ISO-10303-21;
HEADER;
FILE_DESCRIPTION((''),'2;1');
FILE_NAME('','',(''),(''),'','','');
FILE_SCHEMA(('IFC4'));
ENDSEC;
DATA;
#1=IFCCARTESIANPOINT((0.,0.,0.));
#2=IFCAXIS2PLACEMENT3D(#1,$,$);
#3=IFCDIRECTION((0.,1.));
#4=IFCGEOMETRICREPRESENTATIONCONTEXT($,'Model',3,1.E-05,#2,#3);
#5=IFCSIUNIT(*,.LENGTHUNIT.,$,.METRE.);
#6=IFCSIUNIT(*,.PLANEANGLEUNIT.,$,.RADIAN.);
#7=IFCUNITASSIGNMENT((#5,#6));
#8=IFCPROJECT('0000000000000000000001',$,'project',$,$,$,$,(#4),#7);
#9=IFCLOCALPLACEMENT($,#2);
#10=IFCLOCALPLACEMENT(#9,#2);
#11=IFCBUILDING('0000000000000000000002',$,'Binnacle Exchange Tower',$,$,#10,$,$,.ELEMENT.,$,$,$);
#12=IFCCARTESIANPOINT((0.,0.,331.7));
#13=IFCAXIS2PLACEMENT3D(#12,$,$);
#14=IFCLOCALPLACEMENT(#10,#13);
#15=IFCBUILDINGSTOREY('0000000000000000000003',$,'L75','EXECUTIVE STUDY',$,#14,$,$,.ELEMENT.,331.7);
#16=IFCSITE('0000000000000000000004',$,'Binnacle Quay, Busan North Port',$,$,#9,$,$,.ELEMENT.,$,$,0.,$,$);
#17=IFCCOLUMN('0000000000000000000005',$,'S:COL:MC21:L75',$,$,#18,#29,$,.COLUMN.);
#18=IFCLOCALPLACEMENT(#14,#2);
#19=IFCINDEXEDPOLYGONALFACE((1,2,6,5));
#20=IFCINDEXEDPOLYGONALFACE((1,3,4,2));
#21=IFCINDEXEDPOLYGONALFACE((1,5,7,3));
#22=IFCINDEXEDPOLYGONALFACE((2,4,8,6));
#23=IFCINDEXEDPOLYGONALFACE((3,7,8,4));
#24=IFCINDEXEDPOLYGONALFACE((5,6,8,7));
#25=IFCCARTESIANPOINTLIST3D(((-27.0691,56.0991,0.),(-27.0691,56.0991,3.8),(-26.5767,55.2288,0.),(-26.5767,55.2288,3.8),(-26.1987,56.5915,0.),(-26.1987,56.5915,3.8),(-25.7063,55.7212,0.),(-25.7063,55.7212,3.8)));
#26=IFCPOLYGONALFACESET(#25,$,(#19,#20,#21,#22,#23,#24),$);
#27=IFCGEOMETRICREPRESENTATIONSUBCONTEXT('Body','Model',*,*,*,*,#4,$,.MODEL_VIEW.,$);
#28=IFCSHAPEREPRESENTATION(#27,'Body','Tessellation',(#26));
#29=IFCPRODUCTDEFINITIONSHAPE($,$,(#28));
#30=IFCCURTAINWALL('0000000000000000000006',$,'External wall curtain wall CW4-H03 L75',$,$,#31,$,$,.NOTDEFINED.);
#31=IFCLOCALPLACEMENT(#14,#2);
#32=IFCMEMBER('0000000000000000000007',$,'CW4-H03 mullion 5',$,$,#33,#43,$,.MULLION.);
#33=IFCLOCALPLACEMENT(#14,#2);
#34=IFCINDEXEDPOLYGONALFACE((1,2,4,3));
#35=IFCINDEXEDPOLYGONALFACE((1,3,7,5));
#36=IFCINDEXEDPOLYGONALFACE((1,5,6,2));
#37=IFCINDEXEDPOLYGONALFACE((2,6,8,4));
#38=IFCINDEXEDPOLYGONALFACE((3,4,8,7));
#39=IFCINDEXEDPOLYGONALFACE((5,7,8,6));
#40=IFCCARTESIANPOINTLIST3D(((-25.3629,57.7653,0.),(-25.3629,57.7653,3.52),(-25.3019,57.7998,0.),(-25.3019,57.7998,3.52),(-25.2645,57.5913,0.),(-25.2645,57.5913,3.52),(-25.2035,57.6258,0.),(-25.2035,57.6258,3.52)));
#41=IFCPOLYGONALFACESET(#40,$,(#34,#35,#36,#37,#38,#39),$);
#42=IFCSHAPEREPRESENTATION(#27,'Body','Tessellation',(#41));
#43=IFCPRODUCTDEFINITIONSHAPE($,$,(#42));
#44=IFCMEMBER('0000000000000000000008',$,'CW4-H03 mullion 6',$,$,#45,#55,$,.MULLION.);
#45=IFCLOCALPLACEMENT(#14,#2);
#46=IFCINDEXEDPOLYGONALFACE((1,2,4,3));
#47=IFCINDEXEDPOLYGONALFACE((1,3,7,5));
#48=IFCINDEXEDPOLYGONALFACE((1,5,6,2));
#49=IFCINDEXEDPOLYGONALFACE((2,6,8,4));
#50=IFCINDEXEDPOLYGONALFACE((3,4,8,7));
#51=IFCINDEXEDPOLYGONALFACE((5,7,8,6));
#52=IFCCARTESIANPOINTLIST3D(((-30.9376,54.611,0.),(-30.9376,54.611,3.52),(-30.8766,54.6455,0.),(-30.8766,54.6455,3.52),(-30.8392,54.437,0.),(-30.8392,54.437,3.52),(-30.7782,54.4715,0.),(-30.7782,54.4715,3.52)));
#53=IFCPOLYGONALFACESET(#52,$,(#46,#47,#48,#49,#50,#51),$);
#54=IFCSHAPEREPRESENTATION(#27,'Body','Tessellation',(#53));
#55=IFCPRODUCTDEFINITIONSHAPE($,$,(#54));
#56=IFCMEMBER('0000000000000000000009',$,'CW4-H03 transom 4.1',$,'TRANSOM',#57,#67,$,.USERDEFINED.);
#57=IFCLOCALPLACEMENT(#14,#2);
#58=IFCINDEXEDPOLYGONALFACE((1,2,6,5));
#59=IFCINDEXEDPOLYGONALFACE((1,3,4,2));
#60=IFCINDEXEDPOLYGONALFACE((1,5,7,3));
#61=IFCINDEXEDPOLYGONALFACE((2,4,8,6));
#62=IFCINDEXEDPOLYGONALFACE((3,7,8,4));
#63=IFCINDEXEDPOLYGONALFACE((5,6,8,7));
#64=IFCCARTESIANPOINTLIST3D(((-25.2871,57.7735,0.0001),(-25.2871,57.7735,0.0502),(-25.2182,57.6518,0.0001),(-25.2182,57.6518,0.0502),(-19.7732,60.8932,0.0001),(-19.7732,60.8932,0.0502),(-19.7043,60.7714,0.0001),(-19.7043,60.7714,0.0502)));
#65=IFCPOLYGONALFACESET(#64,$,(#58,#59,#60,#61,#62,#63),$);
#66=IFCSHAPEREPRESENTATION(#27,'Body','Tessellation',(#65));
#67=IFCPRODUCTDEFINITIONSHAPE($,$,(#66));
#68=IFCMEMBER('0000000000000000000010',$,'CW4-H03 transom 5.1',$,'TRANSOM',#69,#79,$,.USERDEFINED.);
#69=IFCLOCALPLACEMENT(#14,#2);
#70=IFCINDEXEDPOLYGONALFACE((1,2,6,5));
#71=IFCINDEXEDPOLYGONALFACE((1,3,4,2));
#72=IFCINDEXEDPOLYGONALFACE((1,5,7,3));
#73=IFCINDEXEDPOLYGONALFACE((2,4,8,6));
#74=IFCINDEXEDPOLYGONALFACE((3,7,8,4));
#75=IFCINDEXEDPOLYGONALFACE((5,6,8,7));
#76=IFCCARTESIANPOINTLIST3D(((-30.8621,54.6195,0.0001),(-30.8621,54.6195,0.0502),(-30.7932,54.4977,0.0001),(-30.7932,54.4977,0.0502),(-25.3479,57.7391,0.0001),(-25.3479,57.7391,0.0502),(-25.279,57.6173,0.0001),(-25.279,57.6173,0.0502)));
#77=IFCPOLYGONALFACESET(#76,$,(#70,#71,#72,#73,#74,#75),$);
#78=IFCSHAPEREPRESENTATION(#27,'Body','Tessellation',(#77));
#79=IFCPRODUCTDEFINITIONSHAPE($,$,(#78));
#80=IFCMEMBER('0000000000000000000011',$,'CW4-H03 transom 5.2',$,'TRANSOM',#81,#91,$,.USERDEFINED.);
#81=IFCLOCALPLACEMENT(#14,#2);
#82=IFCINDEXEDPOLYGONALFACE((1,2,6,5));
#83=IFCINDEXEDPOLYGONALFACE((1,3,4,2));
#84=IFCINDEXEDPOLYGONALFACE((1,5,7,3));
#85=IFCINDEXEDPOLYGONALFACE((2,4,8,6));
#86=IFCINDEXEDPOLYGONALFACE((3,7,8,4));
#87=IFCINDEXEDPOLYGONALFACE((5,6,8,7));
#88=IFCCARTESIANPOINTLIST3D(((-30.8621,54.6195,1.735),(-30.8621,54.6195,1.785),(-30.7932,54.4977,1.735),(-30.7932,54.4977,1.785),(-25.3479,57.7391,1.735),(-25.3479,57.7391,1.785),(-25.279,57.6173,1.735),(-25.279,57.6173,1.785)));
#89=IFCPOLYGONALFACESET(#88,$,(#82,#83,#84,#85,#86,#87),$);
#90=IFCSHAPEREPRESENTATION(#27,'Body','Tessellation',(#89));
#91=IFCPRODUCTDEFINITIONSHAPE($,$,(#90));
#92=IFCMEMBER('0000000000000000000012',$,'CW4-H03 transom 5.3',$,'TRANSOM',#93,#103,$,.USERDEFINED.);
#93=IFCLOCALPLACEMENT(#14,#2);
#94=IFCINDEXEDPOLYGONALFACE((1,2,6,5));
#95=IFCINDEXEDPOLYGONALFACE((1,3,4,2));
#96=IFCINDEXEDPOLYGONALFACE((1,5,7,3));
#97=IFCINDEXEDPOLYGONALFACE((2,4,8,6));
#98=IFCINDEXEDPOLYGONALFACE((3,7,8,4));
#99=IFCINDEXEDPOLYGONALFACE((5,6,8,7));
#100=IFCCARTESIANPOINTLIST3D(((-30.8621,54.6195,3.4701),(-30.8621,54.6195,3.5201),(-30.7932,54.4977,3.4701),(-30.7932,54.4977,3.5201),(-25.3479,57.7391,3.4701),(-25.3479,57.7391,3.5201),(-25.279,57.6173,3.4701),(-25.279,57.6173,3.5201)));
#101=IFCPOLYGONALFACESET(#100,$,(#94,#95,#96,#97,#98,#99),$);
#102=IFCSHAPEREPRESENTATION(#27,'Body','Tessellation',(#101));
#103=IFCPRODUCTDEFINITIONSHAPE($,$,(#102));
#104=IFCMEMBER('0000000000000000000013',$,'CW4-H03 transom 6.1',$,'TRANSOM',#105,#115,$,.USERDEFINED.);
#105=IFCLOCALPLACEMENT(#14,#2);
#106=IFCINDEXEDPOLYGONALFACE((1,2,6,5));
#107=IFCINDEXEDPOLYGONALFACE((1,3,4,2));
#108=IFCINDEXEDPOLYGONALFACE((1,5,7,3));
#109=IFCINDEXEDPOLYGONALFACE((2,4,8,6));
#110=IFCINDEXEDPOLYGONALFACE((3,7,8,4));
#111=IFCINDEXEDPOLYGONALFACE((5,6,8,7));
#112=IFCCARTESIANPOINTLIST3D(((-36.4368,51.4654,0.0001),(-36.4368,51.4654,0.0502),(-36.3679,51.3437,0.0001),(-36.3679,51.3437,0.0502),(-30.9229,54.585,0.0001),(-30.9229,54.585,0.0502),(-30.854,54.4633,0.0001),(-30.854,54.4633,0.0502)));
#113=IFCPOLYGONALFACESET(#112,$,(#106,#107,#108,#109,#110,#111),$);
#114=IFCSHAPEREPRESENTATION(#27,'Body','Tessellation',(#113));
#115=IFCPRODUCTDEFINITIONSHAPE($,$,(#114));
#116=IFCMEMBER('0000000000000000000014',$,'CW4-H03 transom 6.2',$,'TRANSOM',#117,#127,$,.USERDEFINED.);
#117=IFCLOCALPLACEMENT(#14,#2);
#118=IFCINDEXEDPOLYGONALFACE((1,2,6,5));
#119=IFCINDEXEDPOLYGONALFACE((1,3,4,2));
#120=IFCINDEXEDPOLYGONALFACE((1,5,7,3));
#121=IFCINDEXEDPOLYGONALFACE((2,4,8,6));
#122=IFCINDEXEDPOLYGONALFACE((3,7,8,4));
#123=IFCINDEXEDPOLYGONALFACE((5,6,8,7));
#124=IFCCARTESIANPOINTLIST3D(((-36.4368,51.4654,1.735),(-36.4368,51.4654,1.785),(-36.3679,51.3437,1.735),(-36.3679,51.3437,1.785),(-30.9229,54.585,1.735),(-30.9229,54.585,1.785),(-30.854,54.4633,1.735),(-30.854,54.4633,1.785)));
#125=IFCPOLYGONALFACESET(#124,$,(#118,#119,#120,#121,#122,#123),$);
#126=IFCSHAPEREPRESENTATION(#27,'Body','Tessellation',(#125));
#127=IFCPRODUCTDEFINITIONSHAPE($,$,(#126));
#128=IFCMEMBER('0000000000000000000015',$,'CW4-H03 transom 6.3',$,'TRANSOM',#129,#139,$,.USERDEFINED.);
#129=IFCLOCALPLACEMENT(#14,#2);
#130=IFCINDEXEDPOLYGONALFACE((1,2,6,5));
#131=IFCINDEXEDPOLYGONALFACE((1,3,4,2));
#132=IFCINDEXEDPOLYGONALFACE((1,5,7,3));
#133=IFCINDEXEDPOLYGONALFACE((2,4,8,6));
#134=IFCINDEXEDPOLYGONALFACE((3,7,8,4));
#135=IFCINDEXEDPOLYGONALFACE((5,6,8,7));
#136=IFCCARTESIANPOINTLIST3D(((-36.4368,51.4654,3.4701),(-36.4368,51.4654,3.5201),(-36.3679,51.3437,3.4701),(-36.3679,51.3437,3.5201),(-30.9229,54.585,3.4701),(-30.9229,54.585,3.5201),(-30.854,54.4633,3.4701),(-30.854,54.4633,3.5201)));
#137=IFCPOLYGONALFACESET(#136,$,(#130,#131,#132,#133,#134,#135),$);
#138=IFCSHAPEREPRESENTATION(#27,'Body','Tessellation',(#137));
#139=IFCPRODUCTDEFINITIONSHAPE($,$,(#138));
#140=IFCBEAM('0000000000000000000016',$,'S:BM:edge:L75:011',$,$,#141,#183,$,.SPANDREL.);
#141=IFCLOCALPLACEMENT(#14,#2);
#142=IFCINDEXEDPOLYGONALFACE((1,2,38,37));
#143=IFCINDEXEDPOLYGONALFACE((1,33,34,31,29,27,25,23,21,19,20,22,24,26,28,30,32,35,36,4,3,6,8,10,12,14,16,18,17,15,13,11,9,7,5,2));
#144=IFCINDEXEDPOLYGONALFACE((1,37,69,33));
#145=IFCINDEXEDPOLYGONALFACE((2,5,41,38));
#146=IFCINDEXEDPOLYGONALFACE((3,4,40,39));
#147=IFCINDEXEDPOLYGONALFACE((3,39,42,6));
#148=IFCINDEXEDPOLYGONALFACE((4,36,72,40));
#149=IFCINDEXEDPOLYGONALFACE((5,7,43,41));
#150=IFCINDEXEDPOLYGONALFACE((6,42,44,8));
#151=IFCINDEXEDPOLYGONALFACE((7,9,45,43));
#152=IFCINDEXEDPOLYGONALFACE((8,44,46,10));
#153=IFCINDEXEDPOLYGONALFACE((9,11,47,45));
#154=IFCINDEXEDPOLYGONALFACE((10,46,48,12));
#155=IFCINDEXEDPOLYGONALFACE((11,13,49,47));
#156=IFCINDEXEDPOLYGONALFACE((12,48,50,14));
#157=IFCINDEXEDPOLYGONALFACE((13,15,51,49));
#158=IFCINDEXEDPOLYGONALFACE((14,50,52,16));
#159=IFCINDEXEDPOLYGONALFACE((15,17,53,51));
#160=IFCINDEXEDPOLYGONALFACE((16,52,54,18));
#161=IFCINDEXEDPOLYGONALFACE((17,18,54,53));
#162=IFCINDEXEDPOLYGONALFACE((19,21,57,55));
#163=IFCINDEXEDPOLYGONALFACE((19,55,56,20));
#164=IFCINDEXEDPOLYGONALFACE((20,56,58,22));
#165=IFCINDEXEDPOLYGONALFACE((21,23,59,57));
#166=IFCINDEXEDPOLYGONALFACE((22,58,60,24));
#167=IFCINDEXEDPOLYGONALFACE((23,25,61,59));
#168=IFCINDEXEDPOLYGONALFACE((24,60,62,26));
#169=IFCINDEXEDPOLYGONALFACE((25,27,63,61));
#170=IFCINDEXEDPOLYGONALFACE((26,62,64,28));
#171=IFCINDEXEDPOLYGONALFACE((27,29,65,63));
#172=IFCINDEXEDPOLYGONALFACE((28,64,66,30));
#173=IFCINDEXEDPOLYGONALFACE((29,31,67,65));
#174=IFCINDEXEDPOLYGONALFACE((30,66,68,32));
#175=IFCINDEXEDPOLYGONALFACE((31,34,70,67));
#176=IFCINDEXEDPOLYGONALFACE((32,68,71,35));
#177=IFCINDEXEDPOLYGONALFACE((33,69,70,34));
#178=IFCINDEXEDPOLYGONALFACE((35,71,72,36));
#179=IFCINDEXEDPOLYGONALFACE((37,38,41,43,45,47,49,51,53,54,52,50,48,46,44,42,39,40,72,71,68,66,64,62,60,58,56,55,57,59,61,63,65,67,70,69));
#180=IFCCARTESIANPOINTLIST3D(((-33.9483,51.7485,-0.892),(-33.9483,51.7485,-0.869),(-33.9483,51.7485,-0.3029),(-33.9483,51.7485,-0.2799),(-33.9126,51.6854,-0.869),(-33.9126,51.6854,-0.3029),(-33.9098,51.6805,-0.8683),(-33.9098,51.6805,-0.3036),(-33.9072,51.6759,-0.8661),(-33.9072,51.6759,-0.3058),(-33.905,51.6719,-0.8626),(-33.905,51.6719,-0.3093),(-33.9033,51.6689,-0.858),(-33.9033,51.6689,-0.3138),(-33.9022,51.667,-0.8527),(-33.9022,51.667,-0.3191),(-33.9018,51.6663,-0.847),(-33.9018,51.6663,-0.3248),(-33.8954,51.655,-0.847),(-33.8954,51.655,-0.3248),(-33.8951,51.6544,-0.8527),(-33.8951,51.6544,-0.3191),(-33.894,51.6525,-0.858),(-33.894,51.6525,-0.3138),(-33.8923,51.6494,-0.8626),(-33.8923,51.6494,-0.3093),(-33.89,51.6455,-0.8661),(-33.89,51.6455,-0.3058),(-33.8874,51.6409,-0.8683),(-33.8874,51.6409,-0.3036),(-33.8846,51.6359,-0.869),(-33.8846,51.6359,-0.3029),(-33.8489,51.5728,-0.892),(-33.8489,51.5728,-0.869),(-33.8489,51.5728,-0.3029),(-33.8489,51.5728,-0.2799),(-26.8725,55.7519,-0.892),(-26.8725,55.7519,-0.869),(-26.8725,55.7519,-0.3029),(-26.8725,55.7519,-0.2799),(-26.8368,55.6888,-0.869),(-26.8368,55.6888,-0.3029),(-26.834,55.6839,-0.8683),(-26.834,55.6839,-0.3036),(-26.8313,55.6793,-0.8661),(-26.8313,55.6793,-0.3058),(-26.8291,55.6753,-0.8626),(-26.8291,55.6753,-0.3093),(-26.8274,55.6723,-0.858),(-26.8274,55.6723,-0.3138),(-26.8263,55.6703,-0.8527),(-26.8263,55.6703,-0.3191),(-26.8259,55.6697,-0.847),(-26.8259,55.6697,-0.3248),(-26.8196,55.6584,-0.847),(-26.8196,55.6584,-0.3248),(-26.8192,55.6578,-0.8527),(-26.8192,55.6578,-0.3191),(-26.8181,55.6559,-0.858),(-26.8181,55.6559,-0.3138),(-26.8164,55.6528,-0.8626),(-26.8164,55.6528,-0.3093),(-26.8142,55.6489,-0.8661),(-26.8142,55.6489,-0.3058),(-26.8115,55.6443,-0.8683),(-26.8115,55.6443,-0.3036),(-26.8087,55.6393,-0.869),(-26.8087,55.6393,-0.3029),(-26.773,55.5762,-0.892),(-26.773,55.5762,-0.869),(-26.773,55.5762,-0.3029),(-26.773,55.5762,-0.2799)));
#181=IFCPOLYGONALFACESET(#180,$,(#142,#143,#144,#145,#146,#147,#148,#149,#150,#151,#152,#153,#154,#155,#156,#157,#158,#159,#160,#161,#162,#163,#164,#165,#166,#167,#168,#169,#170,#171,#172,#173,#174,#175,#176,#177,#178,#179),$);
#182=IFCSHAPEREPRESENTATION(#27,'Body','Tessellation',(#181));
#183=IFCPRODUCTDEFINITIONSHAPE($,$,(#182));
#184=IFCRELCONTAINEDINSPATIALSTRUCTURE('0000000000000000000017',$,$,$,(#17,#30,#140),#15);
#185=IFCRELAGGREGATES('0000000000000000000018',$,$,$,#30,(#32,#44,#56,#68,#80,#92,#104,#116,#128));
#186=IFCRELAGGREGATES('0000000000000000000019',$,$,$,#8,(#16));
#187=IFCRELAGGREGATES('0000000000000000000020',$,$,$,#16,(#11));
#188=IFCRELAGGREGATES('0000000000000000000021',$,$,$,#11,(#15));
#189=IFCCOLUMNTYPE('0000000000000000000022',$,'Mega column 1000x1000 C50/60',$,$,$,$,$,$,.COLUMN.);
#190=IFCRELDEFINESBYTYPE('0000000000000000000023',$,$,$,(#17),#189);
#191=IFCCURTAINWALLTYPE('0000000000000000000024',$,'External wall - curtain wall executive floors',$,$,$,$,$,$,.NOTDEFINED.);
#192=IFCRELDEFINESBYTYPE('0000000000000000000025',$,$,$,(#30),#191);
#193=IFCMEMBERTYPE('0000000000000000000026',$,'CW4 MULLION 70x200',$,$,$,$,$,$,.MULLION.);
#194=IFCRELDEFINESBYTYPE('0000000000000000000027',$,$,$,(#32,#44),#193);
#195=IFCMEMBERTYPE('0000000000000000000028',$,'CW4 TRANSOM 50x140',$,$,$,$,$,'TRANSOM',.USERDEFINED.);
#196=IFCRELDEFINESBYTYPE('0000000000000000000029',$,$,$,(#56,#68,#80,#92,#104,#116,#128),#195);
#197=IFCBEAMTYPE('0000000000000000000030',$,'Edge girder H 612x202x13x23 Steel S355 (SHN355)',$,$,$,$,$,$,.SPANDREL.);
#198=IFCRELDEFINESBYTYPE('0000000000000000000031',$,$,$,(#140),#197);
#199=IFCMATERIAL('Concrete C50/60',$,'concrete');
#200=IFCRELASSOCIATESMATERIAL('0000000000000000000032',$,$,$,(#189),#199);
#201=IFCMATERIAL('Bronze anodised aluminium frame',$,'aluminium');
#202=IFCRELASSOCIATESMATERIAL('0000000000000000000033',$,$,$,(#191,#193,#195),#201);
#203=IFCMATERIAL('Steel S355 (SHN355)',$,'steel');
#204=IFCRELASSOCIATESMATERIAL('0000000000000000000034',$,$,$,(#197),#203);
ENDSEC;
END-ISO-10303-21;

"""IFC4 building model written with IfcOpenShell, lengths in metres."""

from ifc_helpers import new_model, si_unit, direction, frame, origin, origin_2d, place, context, subcontext, project, spatial, rectangle, i_section, extrude, material, material_profile, profile_set, type_object, element, aggregate, save


model = new_model("IFC4")

# Units and contexts
model_context = context("Model", 3, precision=1e-05, world=origin(), true_north=direction((0.0, 1.0)))
body_context = subcontext(model_context, "Body", "Model", "MODEL_VIEW")
ifc_project = project(units=[si_unit("LENGTHUNIT", "METRE"), si_unit("PLANEANGLEUNIT", "RADIAN")], contexts=[model_context])

# Site, building, storey
site_placement = place(None, origin())
site = spatial("IfcSite", under=ifc_project, at=site_placement, Name="Binnacle Quay, Busan North Port", CompositionType="ELEMENT", RefElevation=0.0)
building_placement = place(site_placement, origin())
building = spatial("IfcBuilding", under=site, at=building_placement, Name="Binnacle Exchange Tower", CompositionType="ELEMENT")
storey_placement = place(building_placement, frame((0.0, 0.0, 331.7)))
storey = spatial("IfcBuildingStorey", under=building, at=storey_placement, Name="L75", Description="EXECUTIVE STUDY", CompositionType="ELEMENT", Elevation=331.7)

# Column
ifc_material_1 = material(Name="Concrete C50/60", Category="concrete")
ifc_material_profile_1 = material_profile(ifc_material_1, rectangle(XDim=1.0, YDim=1.0, at=origin_2d()), Name="Mega column 1000x1000 C50/60")
ifc_profile_set_1 = profile_set([ifc_material_profile_1], Name="Concrete C50/60")
column_type = type_object("IfcColumnType", Name="Mega column 1000x1000 C50/60", PredefinedType="COLUMN", material=ifc_profile_set_1)
column_placement = place(storey_placement, frame((-26.3877, 55.9102, 0.0), z_axis=(0.0, 0.0, 1.0), x_axis=(-0.870356, -0.492424, 0.0)))
element("IfcColumn", 1, at=column_placement, inside=storey, type_object=column_type, Name="S:COL:MC21:L75", PredefinedType="COLUMN", context=body_context, shape_type="SweptSolid", body=[
    extrude(rectangle(XDim=1.0, YDim=1.0, at=origin_2d()), origin(), (0.0, 0.0, 1.0), 3.8),
])

# Curtain wall, members
ifc_material_2 = material(Name="Bronze anodised aluminium frame", Category="aluminium")
curtain_wall_type = type_object("IfcCurtainWallType", Name="External wall - curtain wall executive floors", PredefinedType="NOTDEFINED", material=ifc_material_2)
curtain_wall_placement = place(storey_placement, origin())
curtain_wall = element("IfcCurtainWall", 2, at=curtain_wall_placement, inside=storey, type_object=curtain_wall_type, Name="External wall curtain wall CW4-H03 L75", PredefinedType="NOTDEFINED")
ifc_material_profile_2 = material_profile(ifc_material_2, rectangle(XDim=0.2, YDim=0.0701, at=origin_2d()), Name="AL 70x200")
ifc_profile_set_2 = profile_set([ifc_material_profile_2], Name="Bronze anodised aluminium frame")
member_type_1 = type_object("IfcMemberType", Name="CW4 MULLION 70x200", PredefinedType="MULLION", material=ifc_profile_set_2)
member_1_placement = place(storey_placement, frame((-25.2832, 57.6956, 0.0), z_axis=(0.0, 0.0, 1.0), x_axis=(0.492424, -0.870356, 0.0)))
member_1 = element("IfcMember", 3, at=member_1_placement, type_object=member_type_1, Name="CW4-H03 mullion 5", PredefinedType="MULLION", context=body_context, shape_type="SweptSolid", body=[
    extrude(rectangle(XDim=0.2, YDim=0.0701, at=origin_2d()), origin(), (0.0, 0.0, 1.0), 3.52),
])
member_2_placement = place(storey_placement, frame((-30.8579, 54.5413, 0.0), z_axis=(0.0, 0.0, 1.0), x_axis=(0.492424, -0.870356, 0.0)))
member_2 = element("IfcMember", 4, at=member_2_placement, type_object=member_type_1, Name="CW4-H03 mullion 6", PredefinedType="MULLION", context=body_context, shape_type="SweptSolid", body=[
    extrude(rectangle(XDim=0.2, YDim=0.0701, at=origin_2d()), origin(), (0.0, 0.0, 1.0), 3.52),
])
ifc_material_profile_3 = material_profile(ifc_material_2, rectangle(XDim=0.1399, YDim=0.05, at=origin_2d()), Name="AL 140x50")
ifc_profile_set_3 = profile_set([ifc_material_profile_3], Name="Bronze anodised aluminium frame")
member_type_2 = type_object("IfcMemberType", Name="CW4 TRANSOM 50x140", ElementType="TRANSOM", PredefinedType="USERDEFINED", material=ifc_profile_set_3)
member_3_placement = place(storey_placement, frame((-19.7388, 60.8323, 0.0251), z_axis=(-0.870355, -0.492424, 0.0), x_axis=(0.492424, -0.870355, 0.0)))
member_3 = element("IfcMember", 5, at=member_3_placement, type_object=member_type_2, Name="CW4-H03 transom 4.1", ObjectType="TRANSOM", PredefinedType="USERDEFINED", context=body_context, shape_type="SweptSolid", body=[
    extrude(rectangle(XDim=0.1399, YDim=0.05, at=origin_2d()), origin(), (0.0, 0.0, 1.0), 6.3352),
])
member_4_placement = place(storey_placement, frame((-25.3135, 57.6782, 0.0251), z_axis=(-0.870365, -0.492408, 0.0), x_axis=(0.492408, -0.870365, 0.0)))
member_4 = element("IfcMember", 6, at=member_4_placement, type_object=member_type_2, Name="CW4-H03 transom 5.1", ObjectType="TRANSOM", PredefinedType="USERDEFINED", context=body_context, shape_type="SweptSolid", body=[
    extrude(rectangle(XDim=0.1399, YDim=0.05, at=origin_2d()), origin(), (0.0, 0.0, 1.0), 6.3354),
])
member_5_placement = place(storey_placement, frame((-25.3135, 57.6782, 1.76), z_axis=(-0.870365, -0.492408, 0.0), x_axis=(0.492408, -0.870365, 0.0)))
member_5 = element("IfcMember", 7, at=member_5_placement, type_object=member_type_2, Name="CW4-H03 transom 5.2", ObjectType="TRANSOM", PredefinedType="USERDEFINED", context=body_context, shape_type="SweptSolid", body=[
    extrude(rectangle(XDim=0.1399, YDim=0.05, at=origin_2d()), origin(), (0.0, 0.0, 1.0), 6.3354),
])
member_6_placement = place(storey_placement, frame((-25.3135, 57.6782, 3.4951), z_axis=(-0.870365, -0.492408, 0.0), x_axis=(0.492408, -0.870365, 0.0)))
member_6 = element("IfcMember", 8, at=member_6_placement, type_object=member_type_2, Name="CW4-H03 transom 5.3", ObjectType="TRANSOM", PredefinedType="USERDEFINED", context=body_context, shape_type="SweptSolid", body=[
    extrude(rectangle(XDim=0.1399, YDim=0.05, at=origin_2d()), origin(), (0.0, 0.0, 1.0), 6.3354),
])
member_7_placement = place(storey_placement, frame((-30.8884, 54.5242, 0.0251), z_axis=(-0.870355, -0.492424, 0.0), x_axis=(0.492424, -0.870355, 0.0)))
member_7 = element("IfcMember", 9, at=member_7_placement, type_object=member_type_2, Name="CW4-H03 transom 6.1", ObjectType="TRANSOM", PredefinedType="USERDEFINED", context=body_context, shape_type="SweptSolid", body=[
    extrude(rectangle(XDim=0.1399, YDim=0.05, at=origin_2d()), origin(), (0.0, 0.0, 1.0), 6.3352),
])
member_8_placement = place(storey_placement, frame((-30.8884, 54.5242, 1.76), z_axis=(-0.870355, -0.492424, 0.0), x_axis=(0.492424, -0.870355, 0.0)))
member_8 = element("IfcMember", 10, at=member_8_placement, type_object=member_type_2, Name="CW4-H03 transom 6.2", ObjectType="TRANSOM", PredefinedType="USERDEFINED", context=body_context, shape_type="SweptSolid", body=[
    extrude(rectangle(XDim=0.1399, YDim=0.05, at=origin_2d()), origin(), (0.0, 0.0, 1.0), 6.3352),
])
member_9_placement = place(storey_placement, frame((-30.8884, 54.5242, 3.4951), z_axis=(-0.870355, -0.492424, 0.0), x_axis=(0.492424, -0.870355, 0.0)))
member_9 = element("IfcMember", 11, at=member_9_placement, type_object=member_type_2, Name="CW4-H03 transom 6.3", ObjectType="TRANSOM", PredefinedType="USERDEFINED", context=body_context, shape_type="SweptSolid", body=[
    extrude(rectangle(XDim=0.1399, YDim=0.05, at=origin_2d()), origin(), (0.0, 0.0, 1.0), 6.3352),
])

# Beam
ifc_material_3 = material(Name="Steel S355 (SHN355)", Category="steel")
ifc_material_profile_4 = material_profile(ifc_material_3, i_section(OverallWidth=0.2019, OverallDepth=0.6121, WebThickness=0.0129, FlangeThickness=0.0229, FilletRadius=0.022, at=origin_2d()), Name="H 612x202x13x23")
ifc_profile_set_4 = profile_set([ifc_material_profile_4], Name="Steel S355 (SHN355)")
beam_type_1 = type_object("IfcBeamType", Name="Edge girder H 612x202x13x23 Steel S355 (SHN355)", PredefinedType="SPANDREL", material=ifc_profile_set_4)
beam_1_placement = place(storey_placement, frame((-26.8228, 55.6641, -0.5859), z_axis=(-0.870353, -0.492428, 0.0), x_axis=(0.492428, -0.870353, 0.0)))
element("IfcBeam", 12, at=beam_1_placement, inside=storey, type_object=beam_type_1, Name="S:BM:edge:L75:011", PredefinedType="SPANDREL", context=body_context, shape_type="SweptSolid", body=[
    extrude(i_section(OverallWidth=0.2019, OverallDepth=0.6121, WebThickness=0.0129, FlangeThickness=0.0229, FilletRadius=0.022, at=origin_2d()), origin(), (0.0, 0.0, 1.0), 8.1299),
])

aggregate(curtain_wall, [member_1, member_2, member_3, member_4, member_5, member_6, member_7, member_8, member_9])

save(model, "model.ifc")
